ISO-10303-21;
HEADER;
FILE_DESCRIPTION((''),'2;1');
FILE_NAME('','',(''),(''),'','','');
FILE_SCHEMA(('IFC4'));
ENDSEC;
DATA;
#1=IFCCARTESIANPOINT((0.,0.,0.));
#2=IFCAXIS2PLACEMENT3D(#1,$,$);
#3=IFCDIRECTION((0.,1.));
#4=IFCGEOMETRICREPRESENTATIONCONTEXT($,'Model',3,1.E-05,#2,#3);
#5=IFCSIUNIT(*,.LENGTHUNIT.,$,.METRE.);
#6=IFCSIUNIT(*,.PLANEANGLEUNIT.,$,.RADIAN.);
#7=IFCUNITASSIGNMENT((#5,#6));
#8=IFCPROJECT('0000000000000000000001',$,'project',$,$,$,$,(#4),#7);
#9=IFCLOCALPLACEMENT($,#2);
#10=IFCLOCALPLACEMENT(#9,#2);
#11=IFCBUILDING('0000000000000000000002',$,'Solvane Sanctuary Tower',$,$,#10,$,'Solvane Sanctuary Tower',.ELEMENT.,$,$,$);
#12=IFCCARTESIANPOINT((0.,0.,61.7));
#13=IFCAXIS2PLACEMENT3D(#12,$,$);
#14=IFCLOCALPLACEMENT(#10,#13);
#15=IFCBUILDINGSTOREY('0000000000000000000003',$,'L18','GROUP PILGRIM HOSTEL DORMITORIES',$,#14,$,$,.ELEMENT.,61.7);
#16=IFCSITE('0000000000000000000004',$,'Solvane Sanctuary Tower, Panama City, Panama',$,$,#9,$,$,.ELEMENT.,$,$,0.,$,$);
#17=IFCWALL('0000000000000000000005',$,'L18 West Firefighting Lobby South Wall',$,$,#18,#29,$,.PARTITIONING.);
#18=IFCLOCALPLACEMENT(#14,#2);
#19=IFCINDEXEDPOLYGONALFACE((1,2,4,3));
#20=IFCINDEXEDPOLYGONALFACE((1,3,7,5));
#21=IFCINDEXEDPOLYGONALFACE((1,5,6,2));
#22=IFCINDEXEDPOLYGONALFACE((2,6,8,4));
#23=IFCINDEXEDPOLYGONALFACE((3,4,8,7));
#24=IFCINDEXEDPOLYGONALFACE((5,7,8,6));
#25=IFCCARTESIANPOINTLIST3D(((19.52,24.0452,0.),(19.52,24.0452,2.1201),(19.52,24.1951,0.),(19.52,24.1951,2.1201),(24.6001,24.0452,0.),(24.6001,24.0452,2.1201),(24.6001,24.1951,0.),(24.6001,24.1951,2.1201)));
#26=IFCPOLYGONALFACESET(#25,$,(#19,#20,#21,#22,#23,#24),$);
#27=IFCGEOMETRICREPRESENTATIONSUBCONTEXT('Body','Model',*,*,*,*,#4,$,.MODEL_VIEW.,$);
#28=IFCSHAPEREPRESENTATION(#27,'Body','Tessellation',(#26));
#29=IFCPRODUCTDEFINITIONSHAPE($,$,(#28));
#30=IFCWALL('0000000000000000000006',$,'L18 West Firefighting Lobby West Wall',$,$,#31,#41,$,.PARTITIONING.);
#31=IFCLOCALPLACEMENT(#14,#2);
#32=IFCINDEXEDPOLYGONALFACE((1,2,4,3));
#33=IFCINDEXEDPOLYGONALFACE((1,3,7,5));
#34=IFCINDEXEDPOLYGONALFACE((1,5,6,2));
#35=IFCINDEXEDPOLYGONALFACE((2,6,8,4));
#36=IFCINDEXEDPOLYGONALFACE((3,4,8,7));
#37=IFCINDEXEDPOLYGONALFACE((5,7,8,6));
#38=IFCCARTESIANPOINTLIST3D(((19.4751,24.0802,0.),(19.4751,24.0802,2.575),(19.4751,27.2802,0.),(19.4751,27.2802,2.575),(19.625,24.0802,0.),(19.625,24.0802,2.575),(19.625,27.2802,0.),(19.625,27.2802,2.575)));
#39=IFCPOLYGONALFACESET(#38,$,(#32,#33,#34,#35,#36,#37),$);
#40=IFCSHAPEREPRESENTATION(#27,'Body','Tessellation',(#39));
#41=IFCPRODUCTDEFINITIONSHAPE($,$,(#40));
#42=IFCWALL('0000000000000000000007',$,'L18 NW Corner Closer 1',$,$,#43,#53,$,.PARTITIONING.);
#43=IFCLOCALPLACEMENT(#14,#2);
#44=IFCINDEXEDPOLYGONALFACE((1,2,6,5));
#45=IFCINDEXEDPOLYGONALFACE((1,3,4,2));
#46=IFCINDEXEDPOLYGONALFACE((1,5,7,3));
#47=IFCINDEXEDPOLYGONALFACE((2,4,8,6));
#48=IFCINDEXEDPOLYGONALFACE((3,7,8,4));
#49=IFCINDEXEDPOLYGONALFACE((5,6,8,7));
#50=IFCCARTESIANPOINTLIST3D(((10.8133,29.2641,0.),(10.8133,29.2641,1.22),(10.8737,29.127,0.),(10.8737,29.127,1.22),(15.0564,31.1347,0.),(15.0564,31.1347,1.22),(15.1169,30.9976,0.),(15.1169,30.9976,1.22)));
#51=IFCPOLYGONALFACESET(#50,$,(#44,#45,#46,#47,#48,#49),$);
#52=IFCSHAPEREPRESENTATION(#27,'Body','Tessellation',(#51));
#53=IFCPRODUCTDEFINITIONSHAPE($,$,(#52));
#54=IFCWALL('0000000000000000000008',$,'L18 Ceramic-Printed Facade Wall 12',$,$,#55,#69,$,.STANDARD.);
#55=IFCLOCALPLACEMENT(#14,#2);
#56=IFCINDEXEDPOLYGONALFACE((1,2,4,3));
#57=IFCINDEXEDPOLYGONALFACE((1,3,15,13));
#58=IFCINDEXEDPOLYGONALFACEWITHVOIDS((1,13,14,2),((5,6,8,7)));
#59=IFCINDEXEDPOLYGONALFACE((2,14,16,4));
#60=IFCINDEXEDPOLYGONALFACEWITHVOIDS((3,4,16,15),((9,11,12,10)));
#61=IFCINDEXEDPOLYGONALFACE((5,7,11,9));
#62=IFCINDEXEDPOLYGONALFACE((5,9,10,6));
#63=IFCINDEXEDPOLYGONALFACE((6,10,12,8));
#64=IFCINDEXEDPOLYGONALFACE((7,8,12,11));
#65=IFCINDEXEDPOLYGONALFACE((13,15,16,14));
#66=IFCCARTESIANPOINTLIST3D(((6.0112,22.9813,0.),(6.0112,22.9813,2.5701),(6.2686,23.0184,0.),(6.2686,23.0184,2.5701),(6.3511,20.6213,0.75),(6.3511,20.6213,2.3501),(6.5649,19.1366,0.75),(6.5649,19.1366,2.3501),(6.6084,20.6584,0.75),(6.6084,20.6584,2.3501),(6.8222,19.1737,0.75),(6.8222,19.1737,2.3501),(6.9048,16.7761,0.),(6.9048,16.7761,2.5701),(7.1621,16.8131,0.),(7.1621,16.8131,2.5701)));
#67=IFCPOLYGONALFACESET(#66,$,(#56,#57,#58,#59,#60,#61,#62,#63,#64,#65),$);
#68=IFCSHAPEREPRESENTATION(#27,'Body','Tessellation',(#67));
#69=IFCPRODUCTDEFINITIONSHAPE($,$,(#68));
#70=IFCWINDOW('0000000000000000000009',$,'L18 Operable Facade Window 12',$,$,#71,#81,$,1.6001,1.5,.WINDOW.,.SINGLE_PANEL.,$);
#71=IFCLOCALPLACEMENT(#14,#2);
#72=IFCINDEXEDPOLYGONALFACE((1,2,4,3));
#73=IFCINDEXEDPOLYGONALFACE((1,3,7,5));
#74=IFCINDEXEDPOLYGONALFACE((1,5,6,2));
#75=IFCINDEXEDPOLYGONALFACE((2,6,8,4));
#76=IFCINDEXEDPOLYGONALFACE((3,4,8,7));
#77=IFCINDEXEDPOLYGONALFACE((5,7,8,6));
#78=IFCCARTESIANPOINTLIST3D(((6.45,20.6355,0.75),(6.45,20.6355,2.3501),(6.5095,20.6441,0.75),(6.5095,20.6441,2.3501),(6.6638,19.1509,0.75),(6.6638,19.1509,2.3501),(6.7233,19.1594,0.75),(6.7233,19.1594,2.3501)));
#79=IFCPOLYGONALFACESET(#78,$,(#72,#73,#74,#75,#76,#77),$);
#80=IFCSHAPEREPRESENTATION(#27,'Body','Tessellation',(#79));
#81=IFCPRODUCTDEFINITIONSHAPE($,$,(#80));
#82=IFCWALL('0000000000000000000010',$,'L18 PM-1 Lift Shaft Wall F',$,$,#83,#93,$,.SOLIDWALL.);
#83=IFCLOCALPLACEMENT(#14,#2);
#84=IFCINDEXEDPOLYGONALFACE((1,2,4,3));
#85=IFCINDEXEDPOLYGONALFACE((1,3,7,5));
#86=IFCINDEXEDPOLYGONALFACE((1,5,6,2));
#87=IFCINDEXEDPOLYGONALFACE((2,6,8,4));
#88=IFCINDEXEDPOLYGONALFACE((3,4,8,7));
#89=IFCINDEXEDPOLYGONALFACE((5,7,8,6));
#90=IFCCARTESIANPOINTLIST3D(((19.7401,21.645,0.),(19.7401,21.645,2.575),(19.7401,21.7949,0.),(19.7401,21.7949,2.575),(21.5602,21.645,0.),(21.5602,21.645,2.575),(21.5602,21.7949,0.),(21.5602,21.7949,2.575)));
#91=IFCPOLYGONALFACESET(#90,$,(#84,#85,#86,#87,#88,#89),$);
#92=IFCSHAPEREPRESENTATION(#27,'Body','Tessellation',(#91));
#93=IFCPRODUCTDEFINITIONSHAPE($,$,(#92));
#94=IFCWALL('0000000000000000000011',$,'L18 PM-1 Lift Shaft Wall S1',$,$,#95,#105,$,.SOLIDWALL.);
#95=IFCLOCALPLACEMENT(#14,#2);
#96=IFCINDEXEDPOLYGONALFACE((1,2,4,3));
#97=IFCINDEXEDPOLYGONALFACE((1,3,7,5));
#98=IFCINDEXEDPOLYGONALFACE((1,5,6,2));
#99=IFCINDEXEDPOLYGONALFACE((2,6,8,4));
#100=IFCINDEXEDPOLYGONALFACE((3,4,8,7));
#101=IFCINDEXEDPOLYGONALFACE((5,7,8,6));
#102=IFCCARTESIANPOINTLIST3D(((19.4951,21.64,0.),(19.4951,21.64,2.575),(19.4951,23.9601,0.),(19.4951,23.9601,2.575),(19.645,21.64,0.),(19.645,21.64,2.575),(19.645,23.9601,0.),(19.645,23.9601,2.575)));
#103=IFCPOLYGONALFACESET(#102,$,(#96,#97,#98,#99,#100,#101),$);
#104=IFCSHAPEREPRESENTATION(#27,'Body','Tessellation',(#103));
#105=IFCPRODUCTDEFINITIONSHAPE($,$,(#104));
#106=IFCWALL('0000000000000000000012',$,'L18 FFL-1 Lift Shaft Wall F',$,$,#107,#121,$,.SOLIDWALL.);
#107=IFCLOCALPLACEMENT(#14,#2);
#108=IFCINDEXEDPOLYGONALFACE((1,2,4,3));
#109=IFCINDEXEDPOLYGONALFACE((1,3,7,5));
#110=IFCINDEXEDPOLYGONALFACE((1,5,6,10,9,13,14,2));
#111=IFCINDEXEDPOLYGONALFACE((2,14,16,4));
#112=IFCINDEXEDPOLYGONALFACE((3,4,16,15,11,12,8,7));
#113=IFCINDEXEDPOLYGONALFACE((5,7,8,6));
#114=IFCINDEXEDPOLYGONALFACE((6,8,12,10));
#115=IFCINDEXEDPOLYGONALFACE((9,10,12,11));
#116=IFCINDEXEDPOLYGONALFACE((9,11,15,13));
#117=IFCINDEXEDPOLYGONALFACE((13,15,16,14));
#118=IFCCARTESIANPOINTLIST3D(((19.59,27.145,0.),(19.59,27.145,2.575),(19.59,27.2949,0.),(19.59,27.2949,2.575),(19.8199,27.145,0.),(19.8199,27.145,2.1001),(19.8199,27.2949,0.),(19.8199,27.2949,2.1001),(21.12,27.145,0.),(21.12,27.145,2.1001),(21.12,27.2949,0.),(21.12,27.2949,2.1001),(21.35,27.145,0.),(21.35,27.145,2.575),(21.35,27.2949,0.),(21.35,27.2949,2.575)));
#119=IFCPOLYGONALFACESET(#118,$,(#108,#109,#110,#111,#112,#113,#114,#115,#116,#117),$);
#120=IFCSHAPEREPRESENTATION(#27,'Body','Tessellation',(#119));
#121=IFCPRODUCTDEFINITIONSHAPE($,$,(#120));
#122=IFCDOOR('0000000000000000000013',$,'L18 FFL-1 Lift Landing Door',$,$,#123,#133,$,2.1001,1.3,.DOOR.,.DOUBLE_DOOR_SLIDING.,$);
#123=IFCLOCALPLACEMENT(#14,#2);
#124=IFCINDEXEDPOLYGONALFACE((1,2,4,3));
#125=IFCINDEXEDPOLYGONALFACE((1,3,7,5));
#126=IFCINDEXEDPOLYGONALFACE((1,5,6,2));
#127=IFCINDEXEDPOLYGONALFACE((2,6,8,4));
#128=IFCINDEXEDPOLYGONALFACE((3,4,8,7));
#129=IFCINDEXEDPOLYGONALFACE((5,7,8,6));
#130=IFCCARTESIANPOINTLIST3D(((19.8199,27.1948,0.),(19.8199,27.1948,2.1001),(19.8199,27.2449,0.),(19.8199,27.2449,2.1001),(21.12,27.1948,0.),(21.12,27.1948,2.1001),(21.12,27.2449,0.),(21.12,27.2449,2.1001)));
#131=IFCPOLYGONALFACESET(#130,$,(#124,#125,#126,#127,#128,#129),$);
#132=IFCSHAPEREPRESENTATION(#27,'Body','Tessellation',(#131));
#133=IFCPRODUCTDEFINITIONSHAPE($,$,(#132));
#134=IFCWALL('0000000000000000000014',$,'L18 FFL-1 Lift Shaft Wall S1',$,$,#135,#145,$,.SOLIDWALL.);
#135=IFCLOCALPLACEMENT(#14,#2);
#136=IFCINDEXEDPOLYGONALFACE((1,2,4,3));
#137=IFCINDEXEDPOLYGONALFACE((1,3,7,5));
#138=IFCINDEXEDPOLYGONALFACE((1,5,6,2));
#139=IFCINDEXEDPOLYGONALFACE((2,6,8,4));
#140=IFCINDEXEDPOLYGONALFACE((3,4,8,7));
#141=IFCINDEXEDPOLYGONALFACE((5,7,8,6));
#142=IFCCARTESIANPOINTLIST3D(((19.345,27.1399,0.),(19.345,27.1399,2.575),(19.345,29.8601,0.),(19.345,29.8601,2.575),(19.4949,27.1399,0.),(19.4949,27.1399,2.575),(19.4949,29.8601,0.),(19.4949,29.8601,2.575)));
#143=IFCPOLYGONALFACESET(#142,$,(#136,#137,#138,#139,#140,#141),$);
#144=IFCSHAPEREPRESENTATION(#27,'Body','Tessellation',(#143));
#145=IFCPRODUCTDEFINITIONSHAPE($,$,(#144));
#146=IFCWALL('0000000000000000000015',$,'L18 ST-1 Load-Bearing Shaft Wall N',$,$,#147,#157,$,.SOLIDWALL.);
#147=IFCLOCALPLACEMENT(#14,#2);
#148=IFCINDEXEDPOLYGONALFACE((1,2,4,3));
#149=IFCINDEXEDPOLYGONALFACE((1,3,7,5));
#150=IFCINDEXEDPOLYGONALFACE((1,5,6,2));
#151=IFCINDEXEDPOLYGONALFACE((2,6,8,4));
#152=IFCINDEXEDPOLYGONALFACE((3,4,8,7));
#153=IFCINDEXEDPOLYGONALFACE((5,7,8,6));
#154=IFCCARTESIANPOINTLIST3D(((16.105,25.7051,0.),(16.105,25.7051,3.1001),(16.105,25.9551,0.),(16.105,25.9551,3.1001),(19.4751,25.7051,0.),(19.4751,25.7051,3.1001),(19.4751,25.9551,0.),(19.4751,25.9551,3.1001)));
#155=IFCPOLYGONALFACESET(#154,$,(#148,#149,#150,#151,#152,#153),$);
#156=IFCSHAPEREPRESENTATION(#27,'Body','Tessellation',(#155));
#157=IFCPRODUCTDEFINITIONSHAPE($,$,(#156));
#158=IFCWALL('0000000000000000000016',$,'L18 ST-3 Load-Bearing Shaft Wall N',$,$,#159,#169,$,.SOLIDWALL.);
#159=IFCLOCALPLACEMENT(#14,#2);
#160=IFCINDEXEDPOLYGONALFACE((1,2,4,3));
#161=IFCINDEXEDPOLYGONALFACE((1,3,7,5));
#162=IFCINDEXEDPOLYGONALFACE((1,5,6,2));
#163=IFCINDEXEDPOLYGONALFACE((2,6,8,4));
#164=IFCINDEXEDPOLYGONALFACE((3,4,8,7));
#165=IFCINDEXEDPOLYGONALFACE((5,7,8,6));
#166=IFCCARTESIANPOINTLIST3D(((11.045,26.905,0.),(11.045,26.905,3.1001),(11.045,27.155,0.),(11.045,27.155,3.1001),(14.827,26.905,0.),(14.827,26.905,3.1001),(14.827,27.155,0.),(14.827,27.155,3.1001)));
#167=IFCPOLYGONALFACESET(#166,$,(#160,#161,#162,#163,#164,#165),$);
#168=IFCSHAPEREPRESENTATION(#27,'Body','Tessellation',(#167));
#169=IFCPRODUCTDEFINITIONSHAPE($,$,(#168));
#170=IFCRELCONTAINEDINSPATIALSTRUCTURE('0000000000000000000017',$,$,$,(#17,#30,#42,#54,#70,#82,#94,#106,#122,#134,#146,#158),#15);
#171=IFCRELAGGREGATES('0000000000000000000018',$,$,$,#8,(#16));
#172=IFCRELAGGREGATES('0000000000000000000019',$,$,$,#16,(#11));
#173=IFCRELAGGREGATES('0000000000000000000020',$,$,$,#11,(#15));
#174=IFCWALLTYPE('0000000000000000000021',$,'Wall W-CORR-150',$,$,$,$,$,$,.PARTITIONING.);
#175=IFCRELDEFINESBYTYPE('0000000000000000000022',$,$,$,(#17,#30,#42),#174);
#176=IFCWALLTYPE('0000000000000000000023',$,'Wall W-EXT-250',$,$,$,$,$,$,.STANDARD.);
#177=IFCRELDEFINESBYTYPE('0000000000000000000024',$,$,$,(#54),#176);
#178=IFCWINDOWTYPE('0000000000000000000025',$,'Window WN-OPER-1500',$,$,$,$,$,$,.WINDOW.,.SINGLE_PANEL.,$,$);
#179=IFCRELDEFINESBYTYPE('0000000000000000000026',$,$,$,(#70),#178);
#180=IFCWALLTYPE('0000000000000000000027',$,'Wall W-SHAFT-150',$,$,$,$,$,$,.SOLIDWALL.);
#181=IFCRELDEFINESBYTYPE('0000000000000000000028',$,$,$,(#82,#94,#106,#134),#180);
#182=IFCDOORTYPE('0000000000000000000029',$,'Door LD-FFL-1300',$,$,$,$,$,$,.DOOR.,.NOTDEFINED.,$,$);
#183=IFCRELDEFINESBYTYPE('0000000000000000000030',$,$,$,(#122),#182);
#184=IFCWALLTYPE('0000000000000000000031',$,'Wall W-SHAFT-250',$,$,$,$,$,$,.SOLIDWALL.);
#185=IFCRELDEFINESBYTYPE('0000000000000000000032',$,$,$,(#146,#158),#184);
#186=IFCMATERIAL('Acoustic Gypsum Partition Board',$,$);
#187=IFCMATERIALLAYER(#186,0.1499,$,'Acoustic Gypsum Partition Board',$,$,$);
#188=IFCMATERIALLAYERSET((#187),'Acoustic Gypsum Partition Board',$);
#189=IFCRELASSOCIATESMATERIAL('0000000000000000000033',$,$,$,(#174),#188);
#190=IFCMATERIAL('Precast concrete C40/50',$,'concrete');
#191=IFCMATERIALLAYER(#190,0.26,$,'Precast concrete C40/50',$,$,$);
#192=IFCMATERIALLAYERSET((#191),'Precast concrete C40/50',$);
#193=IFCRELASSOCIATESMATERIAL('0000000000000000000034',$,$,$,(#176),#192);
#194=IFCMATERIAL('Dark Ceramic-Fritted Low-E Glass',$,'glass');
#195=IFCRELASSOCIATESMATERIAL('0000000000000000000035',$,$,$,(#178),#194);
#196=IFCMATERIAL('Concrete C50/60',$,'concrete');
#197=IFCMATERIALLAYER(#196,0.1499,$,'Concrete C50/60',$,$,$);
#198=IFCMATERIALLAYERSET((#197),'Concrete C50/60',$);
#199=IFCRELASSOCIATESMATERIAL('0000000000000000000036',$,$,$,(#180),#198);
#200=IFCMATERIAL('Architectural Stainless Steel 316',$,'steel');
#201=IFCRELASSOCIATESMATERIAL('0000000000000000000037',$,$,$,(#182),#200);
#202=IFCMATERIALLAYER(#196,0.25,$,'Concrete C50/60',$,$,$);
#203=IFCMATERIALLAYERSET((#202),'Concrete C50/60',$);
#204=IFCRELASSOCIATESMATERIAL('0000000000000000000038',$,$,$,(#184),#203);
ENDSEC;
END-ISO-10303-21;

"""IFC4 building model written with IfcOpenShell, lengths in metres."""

from ifc_helpers import new_model, si_unit, direction, frame, frame_2d, origin, place, context, subcontext, project, spatial, rectangle, extrude, material, layer, layer_set, type_object, element, fill, save


model = new_model("IFC4")

# Units and contexts
model_context = context("Model", 3, precision=1e-05, world=origin(), true_north=direction((0.0, 1.0)))
body_context = subcontext(model_context, "Body", "Model", "MODEL_VIEW")
ifc_project = project(units=[si_unit("LENGTHUNIT", "METRE"), si_unit("PLANEANGLEUNIT", "RADIAN")], contexts=[model_context])

# Site, building, storey
site_placement = place(None, origin())
site = spatial("IfcSite", under=ifc_project, at=site_placement, Name="Solvane Sanctuary Tower, Panama City, Panama", CompositionType="ELEMENT", RefElevation=0.0)
building_placement = place(site_placement, origin())
building = spatial("IfcBuilding", under=site, at=building_placement, Name="Solvane Sanctuary Tower", LongName="Solvane Sanctuary Tower", CompositionType="ELEMENT")
storey_placement = place(building_placement, frame((0.0, 0.0, 61.7)))
storey = spatial("IfcBuildingStorey", under=building, at=storey_placement, Name="L18", Description="GROUP PILGRIM HOSTEL DORMITORIES", CompositionType="ELEMENT", Elevation=61.7)

# Walls
ifc_material_1 = material(Name="Acoustic Gypsum Partition Board")
ifc_layer_1 = layer(ifc_material_1, 0.1499, Name="Acoustic Gypsum Partition Board")
ifc_layer_set_1 = layer_set([ifc_layer_1], Name="Acoustic Gypsum Partition Board")
wall_type_1 = type_object("IfcWallType", Name="Wall W-CORR-150", PredefinedType="PARTITIONING", material=ifc_layer_set_1)
wall_1_placement = place(storey_placement, frame((19.52, 24.1201, 0.0), z_axis=(0.0, 0.0, 1.0), x_axis=(1.0, 0.0, 0.0)))
element("IfcWall", 1, at=wall_1_placement, inside=storey, type_object=wall_type_1, Name="L18 West Firefighting Lobby South Wall", PredefinedType="PARTITIONING", context=body_context, shape_type="SweptSolid", body=[
    extrude(rectangle(XDim=5.0801, YDim=0.1499, at=frame_2d((2.54, 0.0))), origin(), (0.0, 0.0, 1.0), 2.1201),
])
wall_2_placement = place(storey_placement, frame((19.55, 24.0801, 0.0), z_axis=(0.0, 0.0, 1.0), x_axis=(0.0, 1.0, 0.0)))
element("IfcWall", 2, at=wall_2_placement, inside=storey, type_object=wall_type_1, Name="L18 West Firefighting Lobby West Wall", PredefinedType="PARTITIONING", context=body_context, shape_type="SweptSolid", body=[
    extrude(rectangle(XDim=3.2, YDim=0.1499, at=frame_2d((1.6001, 0.0))), origin(), (0.0, 0.0, 1.0), 2.575),
])
wall_3_placement = place(storey_placement, frame((10.8435, 29.1956, 0.0), z_axis=(0.0, 0.0, 1.0), x_axis=(0.915028, 0.403391, 0.0)))
element("IfcWall", 3, at=wall_3_placement, inside=storey, type_object=wall_type_1, Name="L18 NW Corner Closer 1", PredefinedType="PARTITIONING", context=body_context, shape_type="SweptSolid", body=[
    extrude(rectangle(XDim=4.6372, YDim=0.1499, at=frame_2d((2.3186, 0.0))), origin(), (0.0, 0.0, 1.0), 1.22),
])

# Wall, opening, window
ifc_material_2 = material(Name="Precast concrete C40/50", Category="concrete")
ifc_layer_2 = layer(ifc_material_2, 0.26, Name="Precast concrete C40/50")
ifc_layer_set_2 = layer_set([ifc_layer_2], Name="Precast concrete C40/50")
wall_type_2 = type_object("IfcWallType", Name="Wall W-EXT-250", PredefinedType="STANDARD", material=ifc_layer_set_2)
wall_4_placement = place(storey_placement, frame((6.1399, 23.0, 0.0), z_axis=(0.0, 0.0, 1.0), x_axis=(0.142528, -0.989791, 0.0)))
wall_4 = element("IfcWall", 4, at=wall_4_placement, inside=storey, type_object=wall_type_2, Name="L18 Ceramic-Printed Facade Wall 12", PredefinedType="STANDARD", context=body_context, shape_type="SweptSolid", body=[
    extrude(rectangle(XDim=6.2693, YDim=0.26, at=frame_2d((3.1348, 0.0))), origin(), (0.0, 0.0, 1.0), 2.5701),
])
opening_1_placement = place(wall_4_placement, frame((2.3845, 0.0, 0.75)))
opening_1 = element("IfcOpeningElement", 5, at=opening_1_placement, cuts=wall_4, PredefinedType="OPENING", context=body_context, shape_type="SweptSolid", body=[
    extrude(rectangle(XDim=1.5, YDim=1.6001, at=frame_2d((0.75, 0.8))), frame((0.0, 0.1399, 0.0), z_axis=(0.0, -1.0, 0.0), x_axis=(1.0, 0.0, 0.0)), (0.0, 0.0, 1.0), 0.28),
])
ifc_material_3 = material(Name="Dark Ceramic-Fritted Low-E Glass", Category="glass")
window_type = type_object("IfcWindowType", Name="Window WN-OPER-1500", PartitioningType="SINGLE_PANEL", PredefinedType="WINDOW", material=ifc_material_3)
window_placement = place(opening_1_placement, origin())
window = element("IfcWindow", 6, at=window_placement, inside=storey, type_object=window_type, Name="L18 Operable Facade Window 12", OverallHeight=1.6001, OverallWidth=1.5, PartitioningType="SINGLE_PANEL", PredefinedType="WINDOW", context=body_context, shape_type="SweptSolid", body=[
    extrude(rectangle(XDim=1.5, YDim=1.6001, at=frame_2d((0.75, 0.8))), frame((0.0, 0.03, 0.0), z_axis=(0.0, -1.0, 0.0), x_axis=(1.0, 0.0, 0.0)), (0.0, 0.0, 1.0), 0.0601),
])
fill(opening_1, window)

# Walls
ifc_material_4 = material(Name="Concrete C50/60", Category="concrete")
ifc_layer_3 = layer(ifc_material_4, 0.1499, Name="Concrete C50/60")
ifc_layer_set_3 = layer_set([ifc_layer_3], Name="Concrete C50/60")
wall_type_3 = type_object("IfcWallType", Name="Wall W-SHAFT-150", PredefinedType="SOLIDWALL", material=ifc_layer_set_3)
wall_5_placement = place(storey_placement, frame((19.74, 21.72, 0.0), z_axis=(0.0, 0.0, 1.0), x_axis=(1.0, 0.0, 0.0)))
element("IfcWall", 7, at=wall_5_placement, inside=storey, type_object=wall_type_3, Name="L18 PM-1 Lift Shaft Wall F", PredefinedType="SOLIDWALL", context=body_context, shape_type="SweptSolid", body=[
    extrude(rectangle(XDim=1.8201, YDim=0.1499, at=frame_2d((0.9102, 0.0))), origin(), (0.0, 0.0, 1.0), 2.575),
])
wall_6_placement = place(storey_placement, frame((19.5701, 21.6399, 0.0), z_axis=(0.0, 0.0, 1.0), x_axis=(0.0, 1.0, 0.0)))
element("IfcWall", 8, at=wall_6_placement, inside=storey, type_object=wall_type_3, Name="L18 PM-1 Lift Shaft Wall S1", PredefinedType="SOLIDWALL", context=body_context, shape_type="SweptSolid", body=[
    extrude(rectangle(XDim=2.3201, YDim=0.1499, at=frame_2d((1.1602, 0.0))), origin(), (0.0, 0.0, 1.0), 2.575),
])

# Wall, opening, door
wall_7_placement = place(storey_placement, frame((19.5901, 27.22, 0.0), z_axis=(0.0, 0.0, 1.0), x_axis=(1.0, 0.0, 0.0)))
wall_7 = element("IfcWall", 9, at=wall_7_placement, inside=storey, type_object=wall_type_3, Name="L18 FFL-1 Lift Shaft Wall F", PredefinedType="SOLIDWALL", context=body_context, shape_type="SweptSolid", body=[
    extrude(rectangle(XDim=1.76, YDim=0.1499, at=frame_2d((0.8799, 0.0))), origin(), (0.0, 0.0, 1.0), 2.575),
])
opening_2_placement = place(wall_7_placement, frame((0.23, 0.0, 0.0)))
opening_2 = element("IfcOpeningElement", 10, at=opening_2_placement, cuts=wall_7, PredefinedType="OPENING", context=body_context, shape_type="SweptSolid", body=[
    extrude(rectangle(XDim=1.3, YDim=2.1001, at=frame_2d((0.6499, 1.05))), frame((0.0, 0.085, 0.0), z_axis=(0.0, -1.0, 0.0), x_axis=(1.0, 0.0, 0.0)), (0.0, 0.0, 1.0), 0.1699),
])
ifc_material_5 = material(Name="Architectural Stainless Steel 316", Category="steel")
door_type = type_object("IfcDoorType", Name="Door LD-FFL-1300", OperationType="NOTDEFINED", PredefinedType="DOOR", material=ifc_material_5)
door_placement = place(opening_2_placement, origin())
door = element("IfcDoor", 11, at=door_placement, inside=storey, type_object=door_type, Name="L18 FFL-1 Lift Landing Door", OperationType="DOUBLE_DOOR_SLIDING", OverallHeight=2.1001, OverallWidth=1.3, PredefinedType="DOOR", context=body_context, shape_type="SweptSolid", body=[
    extrude(rectangle(XDim=1.3, YDim=2.1001, at=frame_2d((0.6499, 1.05))), frame((0.0, 0.0249, 0.0), z_axis=(0.0, -1.0, 0.0), x_axis=(1.0, 0.0, 0.0)), (0.0, 0.0, 1.0), 0.05),
])
fill(opening_2, door)

# Walls
wall_8_placement = place(storey_placement, frame((19.4199, 27.1399, 0.0), z_axis=(0.0, 0.0, 1.0), x_axis=(0.0, 1.0, 0.0)))
element("IfcWall", 12, at=wall_8_placement, inside=storey, type_object=wall_type_3, Name="L18 FFL-1 Lift Shaft Wall S1", PredefinedType="SOLIDWALL", context=body_context, shape_type="SweptSolid", body=[
    extrude(rectangle(XDim=2.7202, YDim=0.1499, at=frame_2d((1.3601, 0.0))), origin(), (0.0, 0.0, 1.0), 2.575),
])
ifc_layer_4 = layer(ifc_material_4, 0.25, Name="Concrete C50/60")
ifc_layer_set_4 = layer_set([ifc_layer_4], Name="Concrete C50/60")
wall_type_4 = type_object("IfcWallType", Name="Wall W-SHAFT-250", PredefinedType="SOLIDWALL", material=ifc_layer_set_4)
wall_9_placement = place(storey_placement, frame((16.105, 25.8301, 0.0), z_axis=(0.0, 0.0, 1.0), x_axis=(1.0, 0.0, 0.0)))
element("IfcWall", 13, at=wall_9_placement, inside=storey, type_object=wall_type_4, Name="L18 ST-1 Load-Bearing Shaft Wall N", PredefinedType="SOLIDWALL", context=body_context, shape_type="SweptSolid", body=[
    extrude(rectangle(XDim=3.3701, YDim=0.25, at=frame_2d((1.6851, 0.0))), origin(), (0.0, 0.0, 1.0), 3.1001),
])
wall_10_placement = place(storey_placement, frame((11.0449, 27.03, 0.0), z_axis=(0.0, 0.0, 1.0), x_axis=(1.0, 0.0, 0.0)))
element("IfcWall", 14, at=wall_10_placement, inside=storey, type_object=wall_type_4, Name="L18 ST-3 Load-Bearing Shaft Wall N", PredefinedType="SOLIDWALL", context=body_context, shape_type="SweptSolid", body=[
    extrude(rectangle(XDim=3.782, YDim=0.25, at=frame_2d((1.8911, 0.0))), origin(), (0.0, 0.0, 1.0), 3.1001),
])

save(model, "model.ifc")
